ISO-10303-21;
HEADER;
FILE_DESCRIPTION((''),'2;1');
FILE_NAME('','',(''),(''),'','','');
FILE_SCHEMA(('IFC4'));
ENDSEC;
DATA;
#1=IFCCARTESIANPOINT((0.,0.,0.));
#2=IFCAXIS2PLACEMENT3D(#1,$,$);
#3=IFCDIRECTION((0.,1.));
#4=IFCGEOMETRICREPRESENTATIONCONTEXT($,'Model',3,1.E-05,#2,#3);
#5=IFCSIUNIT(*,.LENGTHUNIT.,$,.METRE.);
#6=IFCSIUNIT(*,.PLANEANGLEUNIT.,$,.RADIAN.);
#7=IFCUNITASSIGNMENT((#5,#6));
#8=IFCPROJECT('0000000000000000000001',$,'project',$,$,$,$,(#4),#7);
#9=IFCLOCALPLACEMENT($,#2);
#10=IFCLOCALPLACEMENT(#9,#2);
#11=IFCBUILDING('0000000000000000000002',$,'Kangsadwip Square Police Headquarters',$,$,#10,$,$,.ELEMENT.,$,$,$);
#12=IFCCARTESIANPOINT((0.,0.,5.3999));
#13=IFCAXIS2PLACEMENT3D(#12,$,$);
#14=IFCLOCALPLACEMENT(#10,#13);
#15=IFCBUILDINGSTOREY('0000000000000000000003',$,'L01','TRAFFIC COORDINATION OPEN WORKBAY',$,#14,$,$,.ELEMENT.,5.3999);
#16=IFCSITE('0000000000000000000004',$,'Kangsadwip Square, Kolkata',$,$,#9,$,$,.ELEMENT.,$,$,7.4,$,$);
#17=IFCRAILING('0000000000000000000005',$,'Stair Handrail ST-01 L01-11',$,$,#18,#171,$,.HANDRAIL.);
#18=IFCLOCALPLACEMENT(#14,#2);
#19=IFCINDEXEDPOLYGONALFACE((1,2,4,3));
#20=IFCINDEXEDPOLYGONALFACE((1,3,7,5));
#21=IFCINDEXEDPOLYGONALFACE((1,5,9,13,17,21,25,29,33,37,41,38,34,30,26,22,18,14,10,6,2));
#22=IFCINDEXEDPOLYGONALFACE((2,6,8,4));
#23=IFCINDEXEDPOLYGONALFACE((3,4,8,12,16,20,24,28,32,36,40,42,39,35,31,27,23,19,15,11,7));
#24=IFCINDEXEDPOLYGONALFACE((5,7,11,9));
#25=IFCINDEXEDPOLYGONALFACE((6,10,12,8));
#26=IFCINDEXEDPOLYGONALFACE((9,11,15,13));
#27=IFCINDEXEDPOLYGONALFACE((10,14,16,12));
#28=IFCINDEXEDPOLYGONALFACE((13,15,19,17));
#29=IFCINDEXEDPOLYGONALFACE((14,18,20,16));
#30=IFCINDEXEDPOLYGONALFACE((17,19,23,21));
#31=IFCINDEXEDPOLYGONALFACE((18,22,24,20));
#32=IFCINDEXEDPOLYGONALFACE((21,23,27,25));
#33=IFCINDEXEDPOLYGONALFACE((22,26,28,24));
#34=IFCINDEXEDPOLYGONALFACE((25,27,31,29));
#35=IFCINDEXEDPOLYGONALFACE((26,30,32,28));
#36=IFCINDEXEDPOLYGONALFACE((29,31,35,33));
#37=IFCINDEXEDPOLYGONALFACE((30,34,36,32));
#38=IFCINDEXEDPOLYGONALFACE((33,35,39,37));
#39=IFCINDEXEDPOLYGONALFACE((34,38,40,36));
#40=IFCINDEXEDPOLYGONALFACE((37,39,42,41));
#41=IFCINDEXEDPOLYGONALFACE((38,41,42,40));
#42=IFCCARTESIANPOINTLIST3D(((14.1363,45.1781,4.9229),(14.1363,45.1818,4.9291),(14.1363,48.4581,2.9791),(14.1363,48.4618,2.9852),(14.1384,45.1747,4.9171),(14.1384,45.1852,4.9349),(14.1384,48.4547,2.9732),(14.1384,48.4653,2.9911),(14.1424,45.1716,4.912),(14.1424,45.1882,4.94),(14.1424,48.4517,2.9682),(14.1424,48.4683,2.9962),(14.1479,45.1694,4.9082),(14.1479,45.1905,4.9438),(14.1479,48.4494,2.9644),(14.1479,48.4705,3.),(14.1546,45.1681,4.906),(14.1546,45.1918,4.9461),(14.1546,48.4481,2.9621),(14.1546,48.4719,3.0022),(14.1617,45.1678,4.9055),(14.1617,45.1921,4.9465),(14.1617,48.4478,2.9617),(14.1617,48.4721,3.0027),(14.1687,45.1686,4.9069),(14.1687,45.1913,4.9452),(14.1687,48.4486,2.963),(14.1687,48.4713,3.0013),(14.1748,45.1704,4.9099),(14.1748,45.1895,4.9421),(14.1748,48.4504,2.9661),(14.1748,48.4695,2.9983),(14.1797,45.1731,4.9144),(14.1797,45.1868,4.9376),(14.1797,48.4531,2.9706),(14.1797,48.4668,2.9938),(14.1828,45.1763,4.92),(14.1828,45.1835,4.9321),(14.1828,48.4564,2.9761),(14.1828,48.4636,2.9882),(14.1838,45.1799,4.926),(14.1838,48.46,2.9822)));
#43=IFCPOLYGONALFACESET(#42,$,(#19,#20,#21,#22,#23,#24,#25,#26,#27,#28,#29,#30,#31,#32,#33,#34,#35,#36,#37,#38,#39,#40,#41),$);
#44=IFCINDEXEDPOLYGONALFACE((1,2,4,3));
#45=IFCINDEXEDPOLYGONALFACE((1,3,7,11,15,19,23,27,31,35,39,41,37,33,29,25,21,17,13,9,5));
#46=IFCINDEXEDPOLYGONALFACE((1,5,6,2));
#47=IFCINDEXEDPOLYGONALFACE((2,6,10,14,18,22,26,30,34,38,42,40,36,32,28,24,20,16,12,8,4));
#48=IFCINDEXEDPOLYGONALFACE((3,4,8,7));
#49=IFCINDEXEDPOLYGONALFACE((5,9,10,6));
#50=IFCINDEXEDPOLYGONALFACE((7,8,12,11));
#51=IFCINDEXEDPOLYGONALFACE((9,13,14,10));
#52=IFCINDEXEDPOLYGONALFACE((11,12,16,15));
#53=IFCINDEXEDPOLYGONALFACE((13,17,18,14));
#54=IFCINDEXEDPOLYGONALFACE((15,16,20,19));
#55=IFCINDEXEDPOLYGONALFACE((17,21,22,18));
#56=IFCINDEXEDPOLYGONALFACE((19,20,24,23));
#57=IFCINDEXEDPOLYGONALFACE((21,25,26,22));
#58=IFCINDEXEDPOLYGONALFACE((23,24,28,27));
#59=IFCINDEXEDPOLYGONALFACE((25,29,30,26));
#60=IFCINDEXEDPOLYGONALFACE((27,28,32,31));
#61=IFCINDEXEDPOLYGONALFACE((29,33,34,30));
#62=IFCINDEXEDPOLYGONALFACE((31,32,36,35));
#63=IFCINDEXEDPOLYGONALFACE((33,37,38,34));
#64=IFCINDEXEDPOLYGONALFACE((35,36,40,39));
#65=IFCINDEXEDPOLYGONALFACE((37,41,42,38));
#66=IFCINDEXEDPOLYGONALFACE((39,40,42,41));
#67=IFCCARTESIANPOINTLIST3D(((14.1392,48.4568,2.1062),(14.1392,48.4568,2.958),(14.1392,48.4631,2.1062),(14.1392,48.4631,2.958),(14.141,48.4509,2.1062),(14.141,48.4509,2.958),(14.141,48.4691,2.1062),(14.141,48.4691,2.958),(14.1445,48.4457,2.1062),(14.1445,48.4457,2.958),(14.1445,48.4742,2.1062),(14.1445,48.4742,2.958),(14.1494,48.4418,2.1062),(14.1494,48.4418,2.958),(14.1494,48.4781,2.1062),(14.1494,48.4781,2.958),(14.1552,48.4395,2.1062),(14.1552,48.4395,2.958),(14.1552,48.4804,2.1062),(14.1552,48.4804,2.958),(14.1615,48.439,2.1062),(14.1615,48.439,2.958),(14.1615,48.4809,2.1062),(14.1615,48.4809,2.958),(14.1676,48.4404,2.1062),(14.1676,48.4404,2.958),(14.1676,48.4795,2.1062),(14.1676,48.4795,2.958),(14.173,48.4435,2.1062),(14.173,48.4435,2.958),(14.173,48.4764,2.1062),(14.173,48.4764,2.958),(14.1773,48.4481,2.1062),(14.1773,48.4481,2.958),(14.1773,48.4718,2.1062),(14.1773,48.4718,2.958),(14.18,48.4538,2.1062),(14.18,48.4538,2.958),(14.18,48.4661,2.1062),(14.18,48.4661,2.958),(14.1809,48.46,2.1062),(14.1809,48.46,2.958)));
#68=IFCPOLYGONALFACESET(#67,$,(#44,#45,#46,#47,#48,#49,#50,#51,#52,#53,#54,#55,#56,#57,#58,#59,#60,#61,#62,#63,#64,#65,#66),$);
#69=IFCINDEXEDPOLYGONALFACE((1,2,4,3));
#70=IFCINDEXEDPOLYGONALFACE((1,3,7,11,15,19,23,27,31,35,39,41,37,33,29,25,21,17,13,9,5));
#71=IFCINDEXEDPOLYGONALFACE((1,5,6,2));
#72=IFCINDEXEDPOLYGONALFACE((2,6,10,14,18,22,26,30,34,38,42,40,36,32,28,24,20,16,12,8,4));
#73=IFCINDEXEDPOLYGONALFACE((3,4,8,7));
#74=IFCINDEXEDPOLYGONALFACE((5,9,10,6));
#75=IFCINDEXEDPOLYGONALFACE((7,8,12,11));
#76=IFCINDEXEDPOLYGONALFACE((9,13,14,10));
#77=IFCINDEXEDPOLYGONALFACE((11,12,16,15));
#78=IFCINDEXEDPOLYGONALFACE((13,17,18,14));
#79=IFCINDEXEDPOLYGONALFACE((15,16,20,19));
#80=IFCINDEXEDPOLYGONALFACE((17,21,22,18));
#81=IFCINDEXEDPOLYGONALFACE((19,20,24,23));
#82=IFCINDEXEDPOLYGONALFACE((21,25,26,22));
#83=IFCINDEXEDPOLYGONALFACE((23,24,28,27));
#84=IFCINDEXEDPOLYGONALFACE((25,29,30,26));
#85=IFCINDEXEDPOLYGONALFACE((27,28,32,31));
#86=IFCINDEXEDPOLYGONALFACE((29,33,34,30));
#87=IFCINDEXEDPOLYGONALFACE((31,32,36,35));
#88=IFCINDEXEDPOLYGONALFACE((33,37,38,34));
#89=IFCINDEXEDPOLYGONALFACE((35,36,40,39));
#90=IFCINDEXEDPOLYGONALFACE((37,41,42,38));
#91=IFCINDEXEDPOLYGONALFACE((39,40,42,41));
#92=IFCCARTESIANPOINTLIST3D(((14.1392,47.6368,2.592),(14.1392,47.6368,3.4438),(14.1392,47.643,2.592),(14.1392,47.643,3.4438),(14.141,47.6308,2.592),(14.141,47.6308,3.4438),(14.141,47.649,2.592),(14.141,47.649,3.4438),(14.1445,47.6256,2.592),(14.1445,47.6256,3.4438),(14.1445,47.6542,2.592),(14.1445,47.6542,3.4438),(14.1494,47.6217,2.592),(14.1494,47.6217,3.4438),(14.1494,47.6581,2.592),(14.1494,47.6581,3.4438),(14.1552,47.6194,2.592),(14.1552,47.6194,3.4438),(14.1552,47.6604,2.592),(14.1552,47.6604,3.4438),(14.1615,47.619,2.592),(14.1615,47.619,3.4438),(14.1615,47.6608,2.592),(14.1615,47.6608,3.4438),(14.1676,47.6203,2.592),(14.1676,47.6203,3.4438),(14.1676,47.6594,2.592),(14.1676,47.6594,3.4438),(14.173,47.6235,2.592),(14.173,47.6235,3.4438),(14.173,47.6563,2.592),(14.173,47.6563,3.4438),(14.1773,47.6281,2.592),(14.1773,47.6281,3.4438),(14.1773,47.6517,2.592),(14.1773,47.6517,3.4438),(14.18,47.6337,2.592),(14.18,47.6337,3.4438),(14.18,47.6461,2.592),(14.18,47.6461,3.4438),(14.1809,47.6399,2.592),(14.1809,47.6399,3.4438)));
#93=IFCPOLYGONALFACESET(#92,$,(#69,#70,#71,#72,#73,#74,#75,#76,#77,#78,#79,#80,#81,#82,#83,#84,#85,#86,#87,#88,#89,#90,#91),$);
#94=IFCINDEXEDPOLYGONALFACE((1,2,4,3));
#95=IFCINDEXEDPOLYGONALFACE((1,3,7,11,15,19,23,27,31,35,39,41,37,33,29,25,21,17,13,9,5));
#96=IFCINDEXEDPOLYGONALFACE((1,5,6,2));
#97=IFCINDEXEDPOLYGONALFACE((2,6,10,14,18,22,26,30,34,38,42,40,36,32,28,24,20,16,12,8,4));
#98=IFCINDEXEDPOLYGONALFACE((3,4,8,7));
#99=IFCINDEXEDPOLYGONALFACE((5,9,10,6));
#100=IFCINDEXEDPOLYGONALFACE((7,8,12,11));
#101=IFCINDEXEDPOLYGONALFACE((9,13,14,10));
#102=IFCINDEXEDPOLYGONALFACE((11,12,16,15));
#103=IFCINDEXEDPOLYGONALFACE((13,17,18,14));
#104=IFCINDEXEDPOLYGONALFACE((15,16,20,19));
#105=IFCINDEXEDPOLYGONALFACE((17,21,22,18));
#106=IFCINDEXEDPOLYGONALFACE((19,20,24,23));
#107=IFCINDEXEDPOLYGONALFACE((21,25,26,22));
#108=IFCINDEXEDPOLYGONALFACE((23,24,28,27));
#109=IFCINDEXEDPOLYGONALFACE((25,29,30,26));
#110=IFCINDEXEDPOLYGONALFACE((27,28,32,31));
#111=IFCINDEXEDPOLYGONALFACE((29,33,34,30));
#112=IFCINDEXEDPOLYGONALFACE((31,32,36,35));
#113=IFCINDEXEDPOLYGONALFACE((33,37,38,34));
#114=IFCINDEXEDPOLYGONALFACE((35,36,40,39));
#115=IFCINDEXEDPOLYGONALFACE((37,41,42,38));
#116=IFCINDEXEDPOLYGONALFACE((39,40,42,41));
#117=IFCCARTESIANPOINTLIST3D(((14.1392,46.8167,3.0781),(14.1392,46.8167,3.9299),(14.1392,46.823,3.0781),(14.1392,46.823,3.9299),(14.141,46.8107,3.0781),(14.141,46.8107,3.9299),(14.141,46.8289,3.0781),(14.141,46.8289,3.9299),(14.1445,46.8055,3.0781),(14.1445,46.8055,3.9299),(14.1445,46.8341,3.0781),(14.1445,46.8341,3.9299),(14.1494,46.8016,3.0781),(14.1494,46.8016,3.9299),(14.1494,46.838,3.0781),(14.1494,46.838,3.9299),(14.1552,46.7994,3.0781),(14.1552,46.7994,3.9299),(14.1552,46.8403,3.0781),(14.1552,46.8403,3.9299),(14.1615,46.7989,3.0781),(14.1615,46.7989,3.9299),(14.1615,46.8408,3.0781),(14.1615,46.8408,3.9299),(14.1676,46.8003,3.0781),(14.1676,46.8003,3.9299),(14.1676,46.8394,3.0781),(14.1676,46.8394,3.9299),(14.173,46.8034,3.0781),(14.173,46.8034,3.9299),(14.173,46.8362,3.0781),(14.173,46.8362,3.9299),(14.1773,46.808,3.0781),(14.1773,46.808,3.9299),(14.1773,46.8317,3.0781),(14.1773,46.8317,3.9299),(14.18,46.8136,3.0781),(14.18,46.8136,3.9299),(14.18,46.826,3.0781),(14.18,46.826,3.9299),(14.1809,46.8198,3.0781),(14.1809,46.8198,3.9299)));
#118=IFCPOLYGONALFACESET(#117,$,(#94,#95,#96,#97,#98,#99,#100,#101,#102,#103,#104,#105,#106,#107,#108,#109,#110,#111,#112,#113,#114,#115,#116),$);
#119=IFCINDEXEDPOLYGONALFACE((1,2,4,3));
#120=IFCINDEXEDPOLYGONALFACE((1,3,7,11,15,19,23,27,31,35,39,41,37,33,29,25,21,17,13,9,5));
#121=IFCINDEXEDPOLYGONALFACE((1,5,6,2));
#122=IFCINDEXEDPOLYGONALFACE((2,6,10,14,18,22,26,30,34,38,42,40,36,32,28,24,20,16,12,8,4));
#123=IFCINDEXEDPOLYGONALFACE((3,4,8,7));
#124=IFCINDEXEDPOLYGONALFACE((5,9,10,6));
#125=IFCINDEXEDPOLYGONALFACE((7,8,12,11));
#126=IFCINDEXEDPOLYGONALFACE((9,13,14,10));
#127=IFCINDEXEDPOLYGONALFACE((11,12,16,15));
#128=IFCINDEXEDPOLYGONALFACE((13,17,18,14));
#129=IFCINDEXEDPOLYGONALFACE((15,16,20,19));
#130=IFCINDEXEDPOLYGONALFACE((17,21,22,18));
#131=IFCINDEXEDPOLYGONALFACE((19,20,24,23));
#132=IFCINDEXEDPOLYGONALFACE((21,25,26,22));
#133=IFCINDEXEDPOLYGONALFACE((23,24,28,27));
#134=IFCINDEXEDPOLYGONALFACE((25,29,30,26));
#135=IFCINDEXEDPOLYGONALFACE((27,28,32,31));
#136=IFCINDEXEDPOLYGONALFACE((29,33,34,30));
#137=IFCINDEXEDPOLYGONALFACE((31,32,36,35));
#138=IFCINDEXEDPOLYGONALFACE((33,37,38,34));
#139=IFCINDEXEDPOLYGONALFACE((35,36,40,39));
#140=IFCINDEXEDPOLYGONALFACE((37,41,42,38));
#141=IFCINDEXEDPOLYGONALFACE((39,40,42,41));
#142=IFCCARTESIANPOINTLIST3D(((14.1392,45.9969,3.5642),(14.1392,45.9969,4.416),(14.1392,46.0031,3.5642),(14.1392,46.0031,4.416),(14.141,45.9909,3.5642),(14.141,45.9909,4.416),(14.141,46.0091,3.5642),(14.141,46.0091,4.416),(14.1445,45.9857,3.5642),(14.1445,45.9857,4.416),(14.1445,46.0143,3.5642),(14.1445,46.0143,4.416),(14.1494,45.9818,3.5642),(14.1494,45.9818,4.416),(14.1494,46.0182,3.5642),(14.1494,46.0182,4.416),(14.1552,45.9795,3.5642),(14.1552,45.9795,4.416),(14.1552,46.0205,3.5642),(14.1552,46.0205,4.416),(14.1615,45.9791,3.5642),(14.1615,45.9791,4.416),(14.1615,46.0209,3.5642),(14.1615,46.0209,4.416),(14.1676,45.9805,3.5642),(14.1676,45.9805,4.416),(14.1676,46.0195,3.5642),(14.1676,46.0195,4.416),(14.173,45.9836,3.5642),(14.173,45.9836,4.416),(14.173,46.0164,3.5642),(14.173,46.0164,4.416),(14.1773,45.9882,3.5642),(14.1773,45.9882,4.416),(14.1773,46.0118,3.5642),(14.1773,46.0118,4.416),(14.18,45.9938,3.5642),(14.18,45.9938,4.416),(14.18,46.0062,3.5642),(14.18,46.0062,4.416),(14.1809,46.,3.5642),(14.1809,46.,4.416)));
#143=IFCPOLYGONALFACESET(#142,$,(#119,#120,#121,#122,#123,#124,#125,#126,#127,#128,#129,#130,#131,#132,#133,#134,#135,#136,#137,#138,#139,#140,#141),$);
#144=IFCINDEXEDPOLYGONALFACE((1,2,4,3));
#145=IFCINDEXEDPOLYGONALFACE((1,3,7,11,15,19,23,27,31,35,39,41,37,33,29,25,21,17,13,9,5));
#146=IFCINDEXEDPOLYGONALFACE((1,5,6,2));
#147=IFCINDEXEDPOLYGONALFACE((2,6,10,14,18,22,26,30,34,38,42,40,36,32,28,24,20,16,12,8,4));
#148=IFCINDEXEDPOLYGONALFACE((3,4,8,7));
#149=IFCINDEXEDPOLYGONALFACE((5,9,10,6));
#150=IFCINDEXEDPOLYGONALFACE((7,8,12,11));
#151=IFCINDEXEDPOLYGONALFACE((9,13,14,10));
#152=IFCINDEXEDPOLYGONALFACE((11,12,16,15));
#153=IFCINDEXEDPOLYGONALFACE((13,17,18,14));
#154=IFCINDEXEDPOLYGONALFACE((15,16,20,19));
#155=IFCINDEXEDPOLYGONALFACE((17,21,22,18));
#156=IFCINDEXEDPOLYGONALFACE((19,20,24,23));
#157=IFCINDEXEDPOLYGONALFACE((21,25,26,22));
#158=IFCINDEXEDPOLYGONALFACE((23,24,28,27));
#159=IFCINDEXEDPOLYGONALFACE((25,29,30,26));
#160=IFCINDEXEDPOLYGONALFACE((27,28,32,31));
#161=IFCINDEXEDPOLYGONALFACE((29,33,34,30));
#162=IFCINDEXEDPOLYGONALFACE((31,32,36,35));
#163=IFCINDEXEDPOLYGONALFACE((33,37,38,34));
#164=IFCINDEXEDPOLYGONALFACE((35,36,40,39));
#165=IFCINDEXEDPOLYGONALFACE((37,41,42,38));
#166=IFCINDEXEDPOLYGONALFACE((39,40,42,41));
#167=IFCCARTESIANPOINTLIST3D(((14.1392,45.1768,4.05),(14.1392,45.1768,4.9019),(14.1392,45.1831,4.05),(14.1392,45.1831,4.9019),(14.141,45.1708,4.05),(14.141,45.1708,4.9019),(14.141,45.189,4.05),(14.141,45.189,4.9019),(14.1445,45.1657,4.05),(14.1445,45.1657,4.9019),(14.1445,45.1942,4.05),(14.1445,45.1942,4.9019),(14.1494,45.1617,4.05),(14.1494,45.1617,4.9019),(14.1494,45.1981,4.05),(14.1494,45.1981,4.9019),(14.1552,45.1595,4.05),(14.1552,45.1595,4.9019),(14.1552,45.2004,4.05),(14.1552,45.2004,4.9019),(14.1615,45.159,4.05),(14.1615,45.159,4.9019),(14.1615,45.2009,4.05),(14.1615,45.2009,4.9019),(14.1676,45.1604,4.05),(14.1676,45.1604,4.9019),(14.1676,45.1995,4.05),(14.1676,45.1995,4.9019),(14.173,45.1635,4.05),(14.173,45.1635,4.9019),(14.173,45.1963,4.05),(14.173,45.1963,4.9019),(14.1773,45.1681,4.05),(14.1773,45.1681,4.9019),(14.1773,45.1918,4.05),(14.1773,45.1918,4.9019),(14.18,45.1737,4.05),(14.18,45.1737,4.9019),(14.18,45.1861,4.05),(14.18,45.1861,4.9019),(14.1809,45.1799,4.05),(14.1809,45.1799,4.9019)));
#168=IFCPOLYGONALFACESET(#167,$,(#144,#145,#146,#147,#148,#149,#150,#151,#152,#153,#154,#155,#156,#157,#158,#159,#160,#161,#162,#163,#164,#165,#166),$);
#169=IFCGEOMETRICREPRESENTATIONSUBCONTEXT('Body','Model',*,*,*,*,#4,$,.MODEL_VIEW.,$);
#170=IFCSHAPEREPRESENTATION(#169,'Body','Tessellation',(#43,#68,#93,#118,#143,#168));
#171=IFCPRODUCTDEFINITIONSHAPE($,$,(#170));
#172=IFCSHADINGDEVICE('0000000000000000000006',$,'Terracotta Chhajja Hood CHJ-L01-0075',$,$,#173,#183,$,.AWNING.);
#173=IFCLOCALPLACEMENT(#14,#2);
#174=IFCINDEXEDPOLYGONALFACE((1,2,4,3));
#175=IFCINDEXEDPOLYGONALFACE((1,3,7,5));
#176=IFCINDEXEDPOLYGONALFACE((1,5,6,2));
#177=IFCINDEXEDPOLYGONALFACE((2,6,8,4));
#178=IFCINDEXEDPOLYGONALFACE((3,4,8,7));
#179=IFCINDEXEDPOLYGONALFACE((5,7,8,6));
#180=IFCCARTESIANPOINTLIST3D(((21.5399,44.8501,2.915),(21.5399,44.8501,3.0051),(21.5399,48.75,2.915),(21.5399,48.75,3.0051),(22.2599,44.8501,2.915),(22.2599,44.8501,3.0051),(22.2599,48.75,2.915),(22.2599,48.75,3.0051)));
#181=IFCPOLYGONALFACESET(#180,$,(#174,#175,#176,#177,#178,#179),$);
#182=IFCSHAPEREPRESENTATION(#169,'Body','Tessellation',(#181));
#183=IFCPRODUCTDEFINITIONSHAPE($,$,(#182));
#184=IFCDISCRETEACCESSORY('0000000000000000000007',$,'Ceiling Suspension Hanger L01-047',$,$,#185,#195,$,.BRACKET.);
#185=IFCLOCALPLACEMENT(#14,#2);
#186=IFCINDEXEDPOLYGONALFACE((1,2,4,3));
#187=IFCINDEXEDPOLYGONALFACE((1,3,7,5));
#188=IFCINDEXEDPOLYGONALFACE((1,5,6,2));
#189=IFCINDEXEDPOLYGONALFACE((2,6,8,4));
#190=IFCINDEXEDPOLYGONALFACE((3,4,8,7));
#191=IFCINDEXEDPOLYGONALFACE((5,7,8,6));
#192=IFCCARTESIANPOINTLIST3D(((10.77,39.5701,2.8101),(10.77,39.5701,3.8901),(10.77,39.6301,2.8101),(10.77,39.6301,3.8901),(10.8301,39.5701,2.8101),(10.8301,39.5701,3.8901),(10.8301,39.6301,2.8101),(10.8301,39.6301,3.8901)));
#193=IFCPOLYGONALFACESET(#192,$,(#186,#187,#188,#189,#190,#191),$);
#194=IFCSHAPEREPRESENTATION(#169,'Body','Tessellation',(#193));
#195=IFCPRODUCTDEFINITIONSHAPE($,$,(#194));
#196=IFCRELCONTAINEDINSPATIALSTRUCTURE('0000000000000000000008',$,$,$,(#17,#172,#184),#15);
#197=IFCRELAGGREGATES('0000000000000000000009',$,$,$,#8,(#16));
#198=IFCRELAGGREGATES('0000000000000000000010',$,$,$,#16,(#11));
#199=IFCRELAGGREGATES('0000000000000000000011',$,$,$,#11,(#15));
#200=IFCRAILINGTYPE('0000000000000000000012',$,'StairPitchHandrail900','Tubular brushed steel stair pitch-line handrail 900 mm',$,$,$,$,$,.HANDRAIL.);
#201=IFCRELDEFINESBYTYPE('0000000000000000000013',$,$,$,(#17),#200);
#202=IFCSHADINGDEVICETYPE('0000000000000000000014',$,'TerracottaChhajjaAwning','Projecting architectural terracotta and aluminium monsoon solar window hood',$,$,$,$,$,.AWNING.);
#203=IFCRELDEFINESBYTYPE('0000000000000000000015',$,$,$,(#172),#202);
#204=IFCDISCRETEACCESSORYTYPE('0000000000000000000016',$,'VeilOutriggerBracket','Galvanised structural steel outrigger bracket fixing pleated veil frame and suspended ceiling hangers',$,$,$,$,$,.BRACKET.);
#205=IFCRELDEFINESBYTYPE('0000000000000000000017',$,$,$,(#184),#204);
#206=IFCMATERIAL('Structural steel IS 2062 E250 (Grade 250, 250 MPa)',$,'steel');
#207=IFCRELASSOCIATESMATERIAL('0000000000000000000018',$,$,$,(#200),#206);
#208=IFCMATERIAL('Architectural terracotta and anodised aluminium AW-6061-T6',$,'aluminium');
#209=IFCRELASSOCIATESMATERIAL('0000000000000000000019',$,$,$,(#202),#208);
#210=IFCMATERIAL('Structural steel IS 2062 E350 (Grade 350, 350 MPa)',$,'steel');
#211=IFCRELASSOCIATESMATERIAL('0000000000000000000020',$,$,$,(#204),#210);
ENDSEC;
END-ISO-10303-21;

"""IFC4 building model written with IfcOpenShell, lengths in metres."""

from ifc_helpers import new_model, si_unit, direction, frame, origin, origin_2d, place, context, subcontext, project, spatial, rectangle, circle, extrude, material, type_object, element, save


model = new_model("IFC4")

# Units and contexts
model_context = context("Model", 3, precision=1e-05, world=origin(), true_north=direction((0.0, 1.0)))
body_context = subcontext(model_context, "Body", "Model", "MODEL_VIEW")
ifc_project = project(units=[si_unit("LENGTHUNIT", "METRE"), si_unit("PLANEANGLEUNIT", "RADIAN")], contexts=[model_context])

# Site, building, storey
site_placement = place(None, origin())
site = spatial("IfcSite", under=ifc_project, at=site_placement, Name="Kangsadwip Square, Kolkata", CompositionType="ELEMENT", RefElevation=7.4)
building_placement = place(site_placement, origin())
building = spatial("IfcBuilding", under=site, at=building_placement, Name="Kangsadwip Square Police Headquarters", CompositionType="ELEMENT")
storey_placement = place(building_placement, frame((0.0, 0.0, 5.3999)))
storey = spatial("IfcBuildingStorey", under=building, at=storey_placement, Name="L01", Description="TRAFFIC COORDINATION OPEN WORKBAY", CompositionType="ELEMENT", Elevation=5.3999)

# Railing
ifc_material_1 = material(Name="Structural steel IS 2062 E250 (Grade 250, 250 MPa)", Category="steel")
railing_type_1 = type_object("IfcRailingType", Name="StairPitchHandrail900", Description="Tubular brushed steel stair pitch-line handrail 900 mm", PredefinedType="HANDRAIL", material=ifc_material_1)
railing_1_placement = place(storey_placement, frame((14.1599, 48.46, 2.1062)))
element("IfcRailing", 1, at=railing_1_placement, inside=storey, type_object=railing_type_1, Name="Stair Handrail ST-01 L01-11", PredefinedType="HANDRAIL", context=body_context, shape_type="SweptSolid", body=[
    extrude(circle(Radius=0.0239, at=origin_2d()), frame((0.0, 0.0, 0.876), z_axis=(0.0, -0.860277, 0.509827), x_axis=(1.0, 0.0, 0.0)), (0.0, 0.0, 1.0), 3.8127),
    extrude(circle(Radius=0.021, at=origin_2d()), origin(), (0.0, 0.0, 1.0), 0.8518),
    extrude(circle(Radius=0.021, at=origin_2d()), frame((0.0, -0.8201, 0.4858)), (0.0, 0.0, 1.0), 0.8518),
    extrude(circle(Radius=0.021, at=origin_2d()), frame((0.0, -1.6401, 0.9719)), (0.0, 0.0, 1.0), 0.8518),
    extrude(circle(Radius=0.021, at=origin_2d()), frame((0.0, -2.46, 1.458)), (0.0, 0.0, 1.0), 0.8518),
    extrude(circle(Radius=0.021, at=origin_2d()), frame((0.0, -3.28, 1.9438)), (0.0, 0.0, 1.0), 0.8518),
])

# Shading device
ifc_material_2 = material(Name="Architectural terracotta and anodised aluminium AW-6061-T6", Category="aluminium")
shading_device_type = type_object("IfcShadingDeviceType", Name="TerracottaChhajjaAwning", Description="Projecting architectural terracotta and aluminium monsoon solar window hood", PredefinedType="AWNING", material=ifc_material_2)
shading_device_placement = place(storey_placement, frame((21.8999, 46.8, 2.915), z_axis=(0.0, 0.0, 1.0), x_axis=(0.0, 1.0, 0.0)))
element("IfcShadingDevice", 2, at=shading_device_placement, inside=storey, type_object=shading_device_type, Name="Terracotta Chhajja Hood CHJ-L01-0075", PredefinedType="AWNING", context=body_context, shape_type="SweptSolid", body=[
    extrude(rectangle(XDim=3.8999, YDim=0.72, at=origin_2d()), origin(), (0.0, 0.0, 1.0), 0.0901),
])

# Discrete accessory
ifc_material_3 = material(Name="Structural steel IS 2062 E350 (Grade 350, 350 MPa)", Category="steel")
discrete_accessory_type = type_object("IfcDiscreteAccessoryType", Name="VeilOutriggerBracket", Description="Galvanised structural steel outrigger bracket fixing pleated veil frame and suspended ceiling hangers", PredefinedType="BRACKET", material=ifc_material_3)
discrete_accessory_placement = place(storey_placement, frame((10.8, 39.6001, 2.8101), z_axis=(0.0, 0.0, 1.0), x_axis=(1.0, 0.0, 0.0)))
element("IfcDiscreteAccessory", 3, at=discrete_accessory_placement, inside=storey, type_object=discrete_accessory_type, Name="Ceiling Suspension Hanger L01-047", PredefinedType="BRACKET", context=body_context, shape_type="SweptSolid", body=[
    extrude(rectangle(XDim=0.0601, YDim=0.0601, at=origin_2d()), origin(), (0.0, 0.0, 1.0), 1.0801),
])

save(model, "model.ifc")
